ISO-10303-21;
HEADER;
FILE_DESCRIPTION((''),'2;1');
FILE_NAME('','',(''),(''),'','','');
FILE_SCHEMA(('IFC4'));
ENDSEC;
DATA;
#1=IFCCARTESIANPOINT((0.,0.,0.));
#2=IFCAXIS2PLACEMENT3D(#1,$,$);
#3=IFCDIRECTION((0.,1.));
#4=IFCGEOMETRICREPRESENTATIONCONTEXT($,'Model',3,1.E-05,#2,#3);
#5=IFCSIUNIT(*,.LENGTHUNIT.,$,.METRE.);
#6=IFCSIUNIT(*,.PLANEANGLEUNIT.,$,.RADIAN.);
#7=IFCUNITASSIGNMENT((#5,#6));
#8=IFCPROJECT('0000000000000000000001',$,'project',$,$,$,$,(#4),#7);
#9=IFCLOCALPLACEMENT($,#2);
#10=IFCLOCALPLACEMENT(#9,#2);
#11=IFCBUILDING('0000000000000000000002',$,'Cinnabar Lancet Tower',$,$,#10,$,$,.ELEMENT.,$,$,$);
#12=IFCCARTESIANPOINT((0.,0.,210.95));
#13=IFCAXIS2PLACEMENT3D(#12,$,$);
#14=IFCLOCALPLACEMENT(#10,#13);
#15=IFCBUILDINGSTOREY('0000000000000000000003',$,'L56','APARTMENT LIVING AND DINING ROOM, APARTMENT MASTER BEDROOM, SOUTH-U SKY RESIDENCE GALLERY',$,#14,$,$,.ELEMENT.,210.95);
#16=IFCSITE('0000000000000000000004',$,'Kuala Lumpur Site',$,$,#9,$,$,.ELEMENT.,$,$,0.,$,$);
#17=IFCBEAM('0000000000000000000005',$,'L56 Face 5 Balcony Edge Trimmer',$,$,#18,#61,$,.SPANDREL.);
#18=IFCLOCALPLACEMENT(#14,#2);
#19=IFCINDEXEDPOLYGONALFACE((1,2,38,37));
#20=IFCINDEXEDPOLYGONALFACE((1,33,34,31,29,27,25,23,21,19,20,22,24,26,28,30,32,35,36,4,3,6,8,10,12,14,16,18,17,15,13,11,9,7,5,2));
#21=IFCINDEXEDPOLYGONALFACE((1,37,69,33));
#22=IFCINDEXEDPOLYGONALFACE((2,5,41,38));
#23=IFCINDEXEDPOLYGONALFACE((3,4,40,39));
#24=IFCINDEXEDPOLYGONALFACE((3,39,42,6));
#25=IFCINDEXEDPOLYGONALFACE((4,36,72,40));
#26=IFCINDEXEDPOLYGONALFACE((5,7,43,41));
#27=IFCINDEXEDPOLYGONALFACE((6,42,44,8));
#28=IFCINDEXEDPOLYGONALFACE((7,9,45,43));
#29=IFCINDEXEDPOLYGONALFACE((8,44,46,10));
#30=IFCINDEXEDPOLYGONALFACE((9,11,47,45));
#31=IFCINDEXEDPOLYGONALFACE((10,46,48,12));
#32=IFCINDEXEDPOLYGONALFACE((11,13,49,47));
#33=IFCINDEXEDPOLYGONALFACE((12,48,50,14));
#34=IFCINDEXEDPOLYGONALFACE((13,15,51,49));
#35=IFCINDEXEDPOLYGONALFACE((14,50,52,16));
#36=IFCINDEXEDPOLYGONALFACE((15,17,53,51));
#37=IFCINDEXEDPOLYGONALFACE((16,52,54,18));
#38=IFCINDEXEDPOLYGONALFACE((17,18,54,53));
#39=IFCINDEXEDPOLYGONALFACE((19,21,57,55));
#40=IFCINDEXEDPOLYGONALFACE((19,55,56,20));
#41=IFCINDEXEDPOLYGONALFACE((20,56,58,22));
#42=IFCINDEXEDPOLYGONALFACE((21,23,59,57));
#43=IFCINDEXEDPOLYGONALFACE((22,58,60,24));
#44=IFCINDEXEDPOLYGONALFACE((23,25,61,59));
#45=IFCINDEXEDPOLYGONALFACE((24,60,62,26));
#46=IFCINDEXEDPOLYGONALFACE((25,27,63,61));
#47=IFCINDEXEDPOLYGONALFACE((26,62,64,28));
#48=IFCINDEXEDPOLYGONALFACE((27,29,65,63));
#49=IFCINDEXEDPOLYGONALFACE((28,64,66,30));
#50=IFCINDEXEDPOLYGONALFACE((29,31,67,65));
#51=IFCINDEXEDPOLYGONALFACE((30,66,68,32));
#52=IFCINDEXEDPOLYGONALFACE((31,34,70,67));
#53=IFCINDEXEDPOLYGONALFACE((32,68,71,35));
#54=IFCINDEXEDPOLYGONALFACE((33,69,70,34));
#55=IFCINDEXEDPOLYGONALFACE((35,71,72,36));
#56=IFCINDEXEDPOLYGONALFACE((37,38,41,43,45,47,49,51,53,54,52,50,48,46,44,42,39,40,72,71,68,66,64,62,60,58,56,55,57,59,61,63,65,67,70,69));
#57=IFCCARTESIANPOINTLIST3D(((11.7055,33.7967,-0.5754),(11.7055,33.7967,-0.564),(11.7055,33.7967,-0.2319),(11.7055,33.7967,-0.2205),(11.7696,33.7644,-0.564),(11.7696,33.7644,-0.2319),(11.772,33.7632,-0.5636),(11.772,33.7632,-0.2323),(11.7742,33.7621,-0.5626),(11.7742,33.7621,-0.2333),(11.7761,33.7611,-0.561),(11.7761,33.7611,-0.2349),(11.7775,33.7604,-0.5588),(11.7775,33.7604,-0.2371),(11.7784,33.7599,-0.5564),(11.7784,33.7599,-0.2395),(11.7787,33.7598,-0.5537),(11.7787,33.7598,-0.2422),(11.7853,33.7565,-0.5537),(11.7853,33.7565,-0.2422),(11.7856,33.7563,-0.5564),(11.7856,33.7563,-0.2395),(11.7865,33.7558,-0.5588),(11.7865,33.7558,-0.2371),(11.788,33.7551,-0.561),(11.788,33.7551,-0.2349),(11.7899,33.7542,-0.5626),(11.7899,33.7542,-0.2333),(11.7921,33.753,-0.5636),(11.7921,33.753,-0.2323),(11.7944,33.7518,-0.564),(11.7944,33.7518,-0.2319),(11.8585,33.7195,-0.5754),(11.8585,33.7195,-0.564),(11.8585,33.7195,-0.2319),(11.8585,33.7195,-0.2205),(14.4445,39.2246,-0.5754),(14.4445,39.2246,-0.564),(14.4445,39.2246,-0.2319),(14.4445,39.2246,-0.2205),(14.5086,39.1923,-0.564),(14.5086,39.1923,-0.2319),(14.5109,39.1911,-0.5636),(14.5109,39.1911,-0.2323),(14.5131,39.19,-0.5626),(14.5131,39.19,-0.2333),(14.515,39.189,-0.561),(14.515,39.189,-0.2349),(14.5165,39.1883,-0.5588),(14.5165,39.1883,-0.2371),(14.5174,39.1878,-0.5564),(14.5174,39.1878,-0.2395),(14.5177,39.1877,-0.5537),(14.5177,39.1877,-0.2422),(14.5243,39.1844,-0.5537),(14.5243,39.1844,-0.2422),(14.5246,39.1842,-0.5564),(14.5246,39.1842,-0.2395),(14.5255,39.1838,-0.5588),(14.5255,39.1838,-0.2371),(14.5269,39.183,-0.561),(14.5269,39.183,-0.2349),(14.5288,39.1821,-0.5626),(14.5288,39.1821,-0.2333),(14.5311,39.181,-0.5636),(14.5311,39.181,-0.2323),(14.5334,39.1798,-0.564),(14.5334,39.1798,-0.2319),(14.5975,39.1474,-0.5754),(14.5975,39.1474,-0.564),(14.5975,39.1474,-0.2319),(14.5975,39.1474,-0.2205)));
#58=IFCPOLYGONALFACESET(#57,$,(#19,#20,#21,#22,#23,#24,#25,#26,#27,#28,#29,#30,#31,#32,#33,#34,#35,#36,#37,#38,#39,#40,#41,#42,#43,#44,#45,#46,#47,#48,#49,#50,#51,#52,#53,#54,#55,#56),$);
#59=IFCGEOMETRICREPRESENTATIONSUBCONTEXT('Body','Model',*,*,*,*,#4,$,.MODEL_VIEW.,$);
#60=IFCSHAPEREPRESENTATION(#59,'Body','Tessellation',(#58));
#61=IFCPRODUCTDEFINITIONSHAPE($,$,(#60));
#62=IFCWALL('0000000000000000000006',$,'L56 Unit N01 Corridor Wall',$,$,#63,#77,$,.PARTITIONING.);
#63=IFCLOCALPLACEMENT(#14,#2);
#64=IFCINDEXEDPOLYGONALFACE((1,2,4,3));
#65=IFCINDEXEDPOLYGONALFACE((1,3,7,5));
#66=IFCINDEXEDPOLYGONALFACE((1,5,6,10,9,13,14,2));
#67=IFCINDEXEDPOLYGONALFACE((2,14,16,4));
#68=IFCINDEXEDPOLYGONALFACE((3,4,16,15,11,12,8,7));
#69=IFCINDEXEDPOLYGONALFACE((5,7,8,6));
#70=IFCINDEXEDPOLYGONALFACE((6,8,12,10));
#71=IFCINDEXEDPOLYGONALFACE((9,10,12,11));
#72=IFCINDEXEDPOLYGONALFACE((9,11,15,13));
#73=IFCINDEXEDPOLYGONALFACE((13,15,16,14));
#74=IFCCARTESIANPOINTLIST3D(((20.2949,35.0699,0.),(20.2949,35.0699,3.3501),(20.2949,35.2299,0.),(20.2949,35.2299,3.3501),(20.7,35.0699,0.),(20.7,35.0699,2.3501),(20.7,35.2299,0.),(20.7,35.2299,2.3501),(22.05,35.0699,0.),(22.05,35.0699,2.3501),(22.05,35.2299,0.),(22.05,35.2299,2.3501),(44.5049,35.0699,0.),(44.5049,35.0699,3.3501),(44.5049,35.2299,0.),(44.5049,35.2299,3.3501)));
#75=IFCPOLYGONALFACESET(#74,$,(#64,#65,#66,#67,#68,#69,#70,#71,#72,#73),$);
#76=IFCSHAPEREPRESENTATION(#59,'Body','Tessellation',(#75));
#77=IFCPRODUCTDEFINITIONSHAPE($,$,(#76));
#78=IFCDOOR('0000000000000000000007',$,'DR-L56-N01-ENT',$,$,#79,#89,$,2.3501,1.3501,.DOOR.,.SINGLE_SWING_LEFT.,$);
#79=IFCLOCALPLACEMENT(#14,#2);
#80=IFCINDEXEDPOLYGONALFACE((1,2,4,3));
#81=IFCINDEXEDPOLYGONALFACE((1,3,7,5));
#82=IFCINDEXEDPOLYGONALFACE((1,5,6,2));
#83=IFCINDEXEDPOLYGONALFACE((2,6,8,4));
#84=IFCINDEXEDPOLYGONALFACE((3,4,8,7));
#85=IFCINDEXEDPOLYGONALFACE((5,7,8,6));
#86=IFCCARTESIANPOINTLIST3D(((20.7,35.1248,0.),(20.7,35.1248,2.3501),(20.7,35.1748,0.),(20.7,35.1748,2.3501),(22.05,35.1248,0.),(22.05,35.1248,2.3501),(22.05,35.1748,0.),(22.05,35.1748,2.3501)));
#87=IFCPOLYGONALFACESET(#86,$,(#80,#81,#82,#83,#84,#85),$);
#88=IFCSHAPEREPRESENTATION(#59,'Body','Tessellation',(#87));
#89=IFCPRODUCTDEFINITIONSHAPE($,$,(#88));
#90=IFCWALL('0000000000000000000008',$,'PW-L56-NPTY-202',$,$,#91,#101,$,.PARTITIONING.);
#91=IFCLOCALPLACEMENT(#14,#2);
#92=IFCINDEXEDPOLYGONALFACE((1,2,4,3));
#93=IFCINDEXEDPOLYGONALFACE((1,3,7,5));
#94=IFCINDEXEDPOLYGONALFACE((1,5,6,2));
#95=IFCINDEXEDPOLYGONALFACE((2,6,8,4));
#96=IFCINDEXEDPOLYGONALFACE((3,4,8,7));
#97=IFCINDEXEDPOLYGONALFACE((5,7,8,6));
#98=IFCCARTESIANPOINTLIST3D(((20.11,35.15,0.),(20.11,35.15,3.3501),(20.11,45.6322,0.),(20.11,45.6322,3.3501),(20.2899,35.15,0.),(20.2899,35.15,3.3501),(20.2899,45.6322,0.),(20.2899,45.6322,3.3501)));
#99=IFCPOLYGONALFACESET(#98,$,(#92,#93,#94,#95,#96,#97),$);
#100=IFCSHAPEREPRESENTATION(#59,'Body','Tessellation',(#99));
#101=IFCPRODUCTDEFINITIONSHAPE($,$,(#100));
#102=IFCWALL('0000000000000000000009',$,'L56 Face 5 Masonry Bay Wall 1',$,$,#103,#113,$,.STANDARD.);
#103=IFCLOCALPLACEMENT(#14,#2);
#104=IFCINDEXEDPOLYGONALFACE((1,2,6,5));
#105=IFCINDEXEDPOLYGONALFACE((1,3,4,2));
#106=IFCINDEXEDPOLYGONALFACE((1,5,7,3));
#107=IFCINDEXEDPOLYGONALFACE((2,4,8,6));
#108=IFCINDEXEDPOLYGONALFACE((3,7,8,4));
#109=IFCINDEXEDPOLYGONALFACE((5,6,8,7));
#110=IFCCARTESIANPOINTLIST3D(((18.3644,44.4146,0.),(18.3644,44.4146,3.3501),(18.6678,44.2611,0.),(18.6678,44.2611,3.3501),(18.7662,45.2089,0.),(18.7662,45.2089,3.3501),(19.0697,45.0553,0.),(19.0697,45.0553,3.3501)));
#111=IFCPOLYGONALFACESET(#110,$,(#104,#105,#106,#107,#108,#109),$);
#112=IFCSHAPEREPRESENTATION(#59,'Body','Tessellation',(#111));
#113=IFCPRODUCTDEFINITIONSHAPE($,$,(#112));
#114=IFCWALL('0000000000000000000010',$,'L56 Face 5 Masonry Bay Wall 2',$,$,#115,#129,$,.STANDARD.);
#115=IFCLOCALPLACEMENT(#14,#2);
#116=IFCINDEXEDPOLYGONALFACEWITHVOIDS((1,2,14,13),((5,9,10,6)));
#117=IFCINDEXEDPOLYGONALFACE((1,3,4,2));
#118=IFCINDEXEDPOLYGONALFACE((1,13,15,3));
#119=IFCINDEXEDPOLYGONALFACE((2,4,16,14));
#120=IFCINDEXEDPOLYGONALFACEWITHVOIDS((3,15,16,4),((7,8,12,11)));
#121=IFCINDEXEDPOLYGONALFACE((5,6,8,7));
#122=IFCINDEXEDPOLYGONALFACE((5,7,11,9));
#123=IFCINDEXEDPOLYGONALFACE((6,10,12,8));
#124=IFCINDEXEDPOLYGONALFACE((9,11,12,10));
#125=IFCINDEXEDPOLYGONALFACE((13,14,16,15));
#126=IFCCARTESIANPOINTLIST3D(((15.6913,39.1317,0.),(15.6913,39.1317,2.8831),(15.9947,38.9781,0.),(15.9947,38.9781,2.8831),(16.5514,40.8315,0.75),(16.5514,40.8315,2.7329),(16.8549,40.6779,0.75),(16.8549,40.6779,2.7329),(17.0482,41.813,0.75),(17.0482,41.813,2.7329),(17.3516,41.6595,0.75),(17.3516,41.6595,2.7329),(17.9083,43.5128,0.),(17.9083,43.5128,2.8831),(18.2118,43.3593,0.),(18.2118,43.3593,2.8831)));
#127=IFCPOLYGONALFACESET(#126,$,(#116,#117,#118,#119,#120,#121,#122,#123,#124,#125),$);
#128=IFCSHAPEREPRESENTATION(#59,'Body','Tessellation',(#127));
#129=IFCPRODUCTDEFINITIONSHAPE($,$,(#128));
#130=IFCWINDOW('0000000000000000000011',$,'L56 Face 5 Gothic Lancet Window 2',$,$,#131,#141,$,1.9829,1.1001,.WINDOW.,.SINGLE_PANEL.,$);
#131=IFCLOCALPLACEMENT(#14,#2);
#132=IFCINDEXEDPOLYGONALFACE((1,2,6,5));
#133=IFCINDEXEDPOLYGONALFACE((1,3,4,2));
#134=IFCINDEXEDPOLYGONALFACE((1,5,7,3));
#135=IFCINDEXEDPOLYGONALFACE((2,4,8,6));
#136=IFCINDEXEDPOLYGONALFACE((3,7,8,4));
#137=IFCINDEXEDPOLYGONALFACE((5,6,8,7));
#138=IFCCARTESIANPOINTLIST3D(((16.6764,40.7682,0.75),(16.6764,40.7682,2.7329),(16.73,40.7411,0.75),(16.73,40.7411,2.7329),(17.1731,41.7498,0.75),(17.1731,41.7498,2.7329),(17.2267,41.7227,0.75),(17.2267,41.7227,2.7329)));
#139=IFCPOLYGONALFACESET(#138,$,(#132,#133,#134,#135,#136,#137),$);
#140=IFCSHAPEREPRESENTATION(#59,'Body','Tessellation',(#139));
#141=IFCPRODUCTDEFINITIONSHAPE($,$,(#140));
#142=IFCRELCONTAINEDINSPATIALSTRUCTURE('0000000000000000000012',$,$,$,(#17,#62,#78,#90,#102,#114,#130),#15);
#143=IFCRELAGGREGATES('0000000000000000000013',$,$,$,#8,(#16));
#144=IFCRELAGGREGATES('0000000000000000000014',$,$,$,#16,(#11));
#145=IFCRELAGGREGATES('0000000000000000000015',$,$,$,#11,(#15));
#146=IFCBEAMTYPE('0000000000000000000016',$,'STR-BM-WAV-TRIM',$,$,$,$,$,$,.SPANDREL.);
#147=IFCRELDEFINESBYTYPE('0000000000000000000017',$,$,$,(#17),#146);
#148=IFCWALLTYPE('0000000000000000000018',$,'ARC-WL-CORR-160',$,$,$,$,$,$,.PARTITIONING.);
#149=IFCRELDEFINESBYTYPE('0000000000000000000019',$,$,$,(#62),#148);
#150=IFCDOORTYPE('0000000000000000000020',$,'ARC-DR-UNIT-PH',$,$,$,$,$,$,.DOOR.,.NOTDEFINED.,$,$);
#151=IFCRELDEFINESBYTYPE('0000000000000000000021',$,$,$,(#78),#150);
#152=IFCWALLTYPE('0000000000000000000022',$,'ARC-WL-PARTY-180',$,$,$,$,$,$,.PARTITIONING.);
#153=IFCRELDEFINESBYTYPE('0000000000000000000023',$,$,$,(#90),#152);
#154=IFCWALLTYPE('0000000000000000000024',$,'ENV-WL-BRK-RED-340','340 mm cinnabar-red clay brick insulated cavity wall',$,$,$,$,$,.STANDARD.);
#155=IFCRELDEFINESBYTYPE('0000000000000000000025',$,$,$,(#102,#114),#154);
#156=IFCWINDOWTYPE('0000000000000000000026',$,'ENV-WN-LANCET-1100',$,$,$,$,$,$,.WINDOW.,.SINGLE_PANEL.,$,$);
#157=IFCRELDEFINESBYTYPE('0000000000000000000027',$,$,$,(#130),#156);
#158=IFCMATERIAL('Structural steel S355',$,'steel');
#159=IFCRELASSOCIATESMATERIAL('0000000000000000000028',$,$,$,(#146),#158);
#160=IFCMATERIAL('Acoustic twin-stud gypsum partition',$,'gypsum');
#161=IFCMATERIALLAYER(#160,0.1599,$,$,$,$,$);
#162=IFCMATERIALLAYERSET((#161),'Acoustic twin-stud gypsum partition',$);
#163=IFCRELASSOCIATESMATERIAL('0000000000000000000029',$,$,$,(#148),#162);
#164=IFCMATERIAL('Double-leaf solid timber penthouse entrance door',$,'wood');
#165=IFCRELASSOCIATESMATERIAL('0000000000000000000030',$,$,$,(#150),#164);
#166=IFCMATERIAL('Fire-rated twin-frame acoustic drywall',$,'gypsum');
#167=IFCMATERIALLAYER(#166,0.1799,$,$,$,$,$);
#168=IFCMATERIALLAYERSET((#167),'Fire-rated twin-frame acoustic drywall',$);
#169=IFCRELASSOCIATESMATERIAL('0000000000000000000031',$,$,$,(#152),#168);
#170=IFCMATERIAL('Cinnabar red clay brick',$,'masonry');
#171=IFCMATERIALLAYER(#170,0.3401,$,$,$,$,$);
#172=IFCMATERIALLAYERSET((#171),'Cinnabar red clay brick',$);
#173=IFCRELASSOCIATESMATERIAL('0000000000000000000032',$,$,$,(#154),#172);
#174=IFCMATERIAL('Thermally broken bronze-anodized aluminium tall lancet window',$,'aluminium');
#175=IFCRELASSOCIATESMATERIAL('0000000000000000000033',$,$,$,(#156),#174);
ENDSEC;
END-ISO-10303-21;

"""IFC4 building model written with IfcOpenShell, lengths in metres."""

from ifc_helpers import new_model, si_unit, direction, frame, frame_2d, origin, origin_2d, place, context, subcontext, project, spatial, rectangle, i_section, extrude, material, layer, layer_set, material_profile, profile_set, type_object, element, fill, save


model = new_model("IFC4")

# Units and contexts
model_context = context("Model", 3, precision=1e-05, world=origin(), true_north=direction((0.0, 1.0)))
body_context = subcontext(model_context, "Body", "Model", "MODEL_VIEW")
ifc_project = project(units=[si_unit("LENGTHUNIT", "METRE"), si_unit("PLANEANGLEUNIT", "RADIAN")], contexts=[model_context])

# Site, building, storey
site_placement = place(None, origin())
site = spatial("IfcSite", under=ifc_project, at=site_placement, Name="Kuala Lumpur Site", CompositionType="ELEMENT", RefElevation=0.0)
building_placement = place(site_placement, origin())
building = spatial("IfcBuilding", under=site, at=building_placement, Name="Cinnabar Lancet Tower", CompositionType="ELEMENT")
storey_placement = place(building_placement, frame((0.0, 0.0, 210.95)))
storey = spatial("IfcBuildingStorey", under=building, at=storey_placement, Name="L56", Description="APARTMENT LIVING AND DINING ROOM, APARTMENT MASTER BEDROOM, SOUTH-U SKY RESIDENCE GALLERY", CompositionType="ELEMENT", Elevation=210.95)

# Beam
ifc_material_1 = material(Name="Structural steel S355", Category="steel")
ifc_material_profile_1 = material_profile(ifc_material_1, i_section(OverallWidth=0.1714, OverallDepth=0.355, WebThickness=0.0073, FlangeThickness=0.0115, FilletRadius=0.0103, at=origin_2d()), Name="UKB 356x171x51")
ifc_profile_set_1 = profile_set([ifc_material_profile_1], Name="Structural steel S355")
beam_type_1 = type_object("IfcBeamType", Name="STR-BM-WAV-TRIM", PredefinedType="SPANDREL", material=ifc_profile_set_1)
beam_1_placement = place(storey_placement, frame((14.521, 39.186, -0.3979), z_axis=(-0.450503, -0.892775, 0.0), x_axis=(0.892775, -0.450503, 0.0)))
element("IfcBeam", 1, at=beam_1_placement, inside=storey, type_object=beam_type_1, Name="L56 Face 5 Balcony Edge Trimmer", PredefinedType="SPANDREL", context=body_context, shape_type="SweptSolid", body=[
    extrude(i_section(OverallWidth=0.1714, OverallDepth=0.355, WebThickness=0.0073, FlangeThickness=0.0115, FilletRadius=0.0103, at=origin_2d()), origin(), (0.0, 0.0, 1.0), 6.0798),
])

# Wall, opening, door
ifc_material_2 = material(Name="Acoustic twin-stud gypsum partition", Category="gypsum")
ifc_layer_1 = layer(ifc_material_2, 0.1599)
ifc_layer_set_1 = layer_set([ifc_layer_1], Name="Acoustic twin-stud gypsum partition")
wall_type_1 = type_object("IfcWallType", Name="ARC-WL-CORR-160", PredefinedType="PARTITIONING", material=ifc_layer_set_1)
wall_1_placement = place(storey_placement, frame((20.2949, 35.1499, 0.0), z_axis=(0.0, 0.0, 1.0), x_axis=(1.0, 0.0, 0.0)))
wall_1 = element("IfcWall", 2, at=wall_1_placement, inside=storey, type_object=wall_type_1, Name="L56 Unit N01 Corridor Wall", PredefinedType="PARTITIONING", context=body_context, shape_type="SweptSolid", body=[
    extrude(rectangle(XDim=24.21, YDim=0.1599, at=frame_2d((12.105, 0.0))), origin(), (0.0, 0.0, 1.0), 3.3501),
])
opening_1_placement = place(wall_1_placement, frame((0.405, 0.0, 0.0)))
opening_1 = element("IfcOpeningElement", 3, at=opening_1_placement, cuts=wall_1, PredefinedType="OPENING", context=body_context, shape_type="SweptSolid", body=[
    extrude(rectangle(XDim=1.3501, YDim=2.3501, at=frame_2d((0.675, 1.175))), frame((0.0, 0.0898, 0.0), z_axis=(0.0, -1.0, 0.0), x_axis=(1.0, 0.0, 0.0)), (0.0, 0.0, 1.0), 0.1799),
])
ifc_material_3 = material(Name="Double-leaf solid timber penthouse entrance door", Category="wood")
door_type_1 = type_object("IfcDoorType", Name="ARC-DR-UNIT-PH", OperationType="NOTDEFINED", PredefinedType="DOOR", material=ifc_material_3)
door_1_placement = place(opening_1_placement, origin())
door_1 = element("IfcDoor", 4, at=door_1_placement, inside=storey, type_object=door_type_1, Name="DR-L56-N01-ENT", OperationType="SINGLE_SWING_LEFT", OverallHeight=2.3501, OverallWidth=1.3501, PredefinedType="DOOR", context=body_context, shape_type="SweptSolid", body=[
    extrude(rectangle(XDim=1.3501, YDim=2.3501, at=frame_2d((0.675, 1.175))), frame((0.0, 0.0249, 0.0), z_axis=(0.0, -1.0, 0.0), x_axis=(1.0, 0.0, 0.0)), (0.0, 0.0, 1.0), 0.05),
])
fill(opening_1, door_1)

# Walls
ifc_material_4 = material(Name="Fire-rated twin-frame acoustic drywall", Category="gypsum")
ifc_layer_2 = layer(ifc_material_4, 0.1799)
ifc_layer_set_2 = layer_set([ifc_layer_2], Name="Fire-rated twin-frame acoustic drywall")
wall_type_2 = type_object("IfcWallType", Name="ARC-WL-PARTY-180", PredefinedType="PARTITIONING", material=ifc_layer_set_2)
wall_2_placement = place(storey_placement, frame((20.2, 35.1499, 0.0), z_axis=(0.0, 0.0, 1.0), x_axis=(0.0, 1.0, 0.0)))
element("IfcWall", 5, at=wall_2_placement, inside=storey, type_object=wall_type_2, Name="PW-L56-NPTY-202", PredefinedType="PARTITIONING", context=body_context, shape_type="SweptSolid", body=[
    extrude(rectangle(XDim=10.4822, YDim=0.1799, at=frame_2d((5.2412, 0.0))), origin(), (0.0, 0.0, 1.0), 3.3501),
])
ifc_material_5 = material(Name="Cinnabar red clay brick", Category="masonry")
ifc_layer_3 = layer(ifc_material_5, 0.3401)
ifc_layer_set_3 = layer_set([ifc_layer_3], Name="Cinnabar red clay brick")
wall_type_3 = type_object("IfcWallType", Name="ENV-WL-BRK-RED-340", Description="340 mm cinnabar-red clay brick insulated cavity wall", PredefinedType="STANDARD", material=ifc_layer_set_3)
wall_3_placement = place(storey_placement, frame((18.918, 45.1321, 0.0), z_axis=(0.0, 0.0, 1.0), x_axis=(-0.451487, -0.892277, 0.0)))
element("IfcWall", 6, at=wall_3_placement, inside=storey, type_object=wall_type_3, Name="L56 Face 5 Masonry Bay Wall 1", PredefinedType="STANDARD", context=body_context, shape_type="SweptSolid", body=[
    extrude(rectangle(XDim=0.8901, YDim=0.3401, at=frame_2d((0.4451, 0.0))), origin(), (0.0, 0.0, 1.0), 3.3501),
])

# Wall, opening, window
wall_4_placement = place(storey_placement, frame((18.0601, 43.436, 0.0), z_axis=(0.0, 0.0, 1.0), x_axis=(-0.451524, -0.892259, 0.0)))
wall_4 = element("IfcWall", 7, at=wall_4_placement, inside=storey, type_object=wall_type_3, Name="L56 Face 5 Masonry Bay Wall 2", PredefinedType="STANDARD", context=body_context, shape_type="SweptSolid", body=[
    extrude(rectangle(XDim=4.9102, YDim=0.3401, at=frame_2d((2.4551, 0.0))), origin(), (0.0, 0.0, 1.0), 2.8831),
])
opening_2_placement = place(wall_4_placement, frame((1.905, 0.0, 0.75)))
opening_2 = element("IfcOpeningElement", 8, at=opening_2_placement, cuts=wall_4, PredefinedType="OPENING", context=body_context, shape_type="SweptSolid", body=[
    extrude(rectangle(XDim=1.1001, YDim=1.9829, at=frame_2d((0.55, 0.9915))), frame((0.0, 0.1799, 0.0), z_axis=(0.0, -1.0, 0.0), x_axis=(1.0, 0.0, 0.0)), (0.0, 0.0, 1.0), 0.3601),
])
ifc_material_6 = material(Name="Thermally broken bronze-anodized aluminium tall lancet window", Category="aluminium")
window_type = type_object("IfcWindowType", Name="ENV-WN-LANCET-1100", PartitioningType="SINGLE_PANEL", PredefinedType="WINDOW", material=ifc_material_6)
window_1_placement = place(opening_2_placement, origin())
window_1 = element("IfcWindow", 9, at=window_1_placement, inside=storey, type_object=window_type, Name="L56 Face 5 Gothic Lancet Window 2", OverallHeight=1.9829, OverallWidth=1.1001, PartitioningType="SINGLE_PANEL", PredefinedType="WINDOW", context=body_context, shape_type="SweptSolid", body=[
    extrude(rectangle(XDim=1.1001, YDim=1.9829, at=frame_2d((0.55, 0.9915))), frame((0.0, 0.03, 0.0), z_axis=(0.0, -1.0, 0.0), x_axis=(1.0, 0.0, 0.0)), (0.0, 0.0, 1.0), 0.0601),
])
fill(opening_2, window_1)

save(model, "model.ifc")
